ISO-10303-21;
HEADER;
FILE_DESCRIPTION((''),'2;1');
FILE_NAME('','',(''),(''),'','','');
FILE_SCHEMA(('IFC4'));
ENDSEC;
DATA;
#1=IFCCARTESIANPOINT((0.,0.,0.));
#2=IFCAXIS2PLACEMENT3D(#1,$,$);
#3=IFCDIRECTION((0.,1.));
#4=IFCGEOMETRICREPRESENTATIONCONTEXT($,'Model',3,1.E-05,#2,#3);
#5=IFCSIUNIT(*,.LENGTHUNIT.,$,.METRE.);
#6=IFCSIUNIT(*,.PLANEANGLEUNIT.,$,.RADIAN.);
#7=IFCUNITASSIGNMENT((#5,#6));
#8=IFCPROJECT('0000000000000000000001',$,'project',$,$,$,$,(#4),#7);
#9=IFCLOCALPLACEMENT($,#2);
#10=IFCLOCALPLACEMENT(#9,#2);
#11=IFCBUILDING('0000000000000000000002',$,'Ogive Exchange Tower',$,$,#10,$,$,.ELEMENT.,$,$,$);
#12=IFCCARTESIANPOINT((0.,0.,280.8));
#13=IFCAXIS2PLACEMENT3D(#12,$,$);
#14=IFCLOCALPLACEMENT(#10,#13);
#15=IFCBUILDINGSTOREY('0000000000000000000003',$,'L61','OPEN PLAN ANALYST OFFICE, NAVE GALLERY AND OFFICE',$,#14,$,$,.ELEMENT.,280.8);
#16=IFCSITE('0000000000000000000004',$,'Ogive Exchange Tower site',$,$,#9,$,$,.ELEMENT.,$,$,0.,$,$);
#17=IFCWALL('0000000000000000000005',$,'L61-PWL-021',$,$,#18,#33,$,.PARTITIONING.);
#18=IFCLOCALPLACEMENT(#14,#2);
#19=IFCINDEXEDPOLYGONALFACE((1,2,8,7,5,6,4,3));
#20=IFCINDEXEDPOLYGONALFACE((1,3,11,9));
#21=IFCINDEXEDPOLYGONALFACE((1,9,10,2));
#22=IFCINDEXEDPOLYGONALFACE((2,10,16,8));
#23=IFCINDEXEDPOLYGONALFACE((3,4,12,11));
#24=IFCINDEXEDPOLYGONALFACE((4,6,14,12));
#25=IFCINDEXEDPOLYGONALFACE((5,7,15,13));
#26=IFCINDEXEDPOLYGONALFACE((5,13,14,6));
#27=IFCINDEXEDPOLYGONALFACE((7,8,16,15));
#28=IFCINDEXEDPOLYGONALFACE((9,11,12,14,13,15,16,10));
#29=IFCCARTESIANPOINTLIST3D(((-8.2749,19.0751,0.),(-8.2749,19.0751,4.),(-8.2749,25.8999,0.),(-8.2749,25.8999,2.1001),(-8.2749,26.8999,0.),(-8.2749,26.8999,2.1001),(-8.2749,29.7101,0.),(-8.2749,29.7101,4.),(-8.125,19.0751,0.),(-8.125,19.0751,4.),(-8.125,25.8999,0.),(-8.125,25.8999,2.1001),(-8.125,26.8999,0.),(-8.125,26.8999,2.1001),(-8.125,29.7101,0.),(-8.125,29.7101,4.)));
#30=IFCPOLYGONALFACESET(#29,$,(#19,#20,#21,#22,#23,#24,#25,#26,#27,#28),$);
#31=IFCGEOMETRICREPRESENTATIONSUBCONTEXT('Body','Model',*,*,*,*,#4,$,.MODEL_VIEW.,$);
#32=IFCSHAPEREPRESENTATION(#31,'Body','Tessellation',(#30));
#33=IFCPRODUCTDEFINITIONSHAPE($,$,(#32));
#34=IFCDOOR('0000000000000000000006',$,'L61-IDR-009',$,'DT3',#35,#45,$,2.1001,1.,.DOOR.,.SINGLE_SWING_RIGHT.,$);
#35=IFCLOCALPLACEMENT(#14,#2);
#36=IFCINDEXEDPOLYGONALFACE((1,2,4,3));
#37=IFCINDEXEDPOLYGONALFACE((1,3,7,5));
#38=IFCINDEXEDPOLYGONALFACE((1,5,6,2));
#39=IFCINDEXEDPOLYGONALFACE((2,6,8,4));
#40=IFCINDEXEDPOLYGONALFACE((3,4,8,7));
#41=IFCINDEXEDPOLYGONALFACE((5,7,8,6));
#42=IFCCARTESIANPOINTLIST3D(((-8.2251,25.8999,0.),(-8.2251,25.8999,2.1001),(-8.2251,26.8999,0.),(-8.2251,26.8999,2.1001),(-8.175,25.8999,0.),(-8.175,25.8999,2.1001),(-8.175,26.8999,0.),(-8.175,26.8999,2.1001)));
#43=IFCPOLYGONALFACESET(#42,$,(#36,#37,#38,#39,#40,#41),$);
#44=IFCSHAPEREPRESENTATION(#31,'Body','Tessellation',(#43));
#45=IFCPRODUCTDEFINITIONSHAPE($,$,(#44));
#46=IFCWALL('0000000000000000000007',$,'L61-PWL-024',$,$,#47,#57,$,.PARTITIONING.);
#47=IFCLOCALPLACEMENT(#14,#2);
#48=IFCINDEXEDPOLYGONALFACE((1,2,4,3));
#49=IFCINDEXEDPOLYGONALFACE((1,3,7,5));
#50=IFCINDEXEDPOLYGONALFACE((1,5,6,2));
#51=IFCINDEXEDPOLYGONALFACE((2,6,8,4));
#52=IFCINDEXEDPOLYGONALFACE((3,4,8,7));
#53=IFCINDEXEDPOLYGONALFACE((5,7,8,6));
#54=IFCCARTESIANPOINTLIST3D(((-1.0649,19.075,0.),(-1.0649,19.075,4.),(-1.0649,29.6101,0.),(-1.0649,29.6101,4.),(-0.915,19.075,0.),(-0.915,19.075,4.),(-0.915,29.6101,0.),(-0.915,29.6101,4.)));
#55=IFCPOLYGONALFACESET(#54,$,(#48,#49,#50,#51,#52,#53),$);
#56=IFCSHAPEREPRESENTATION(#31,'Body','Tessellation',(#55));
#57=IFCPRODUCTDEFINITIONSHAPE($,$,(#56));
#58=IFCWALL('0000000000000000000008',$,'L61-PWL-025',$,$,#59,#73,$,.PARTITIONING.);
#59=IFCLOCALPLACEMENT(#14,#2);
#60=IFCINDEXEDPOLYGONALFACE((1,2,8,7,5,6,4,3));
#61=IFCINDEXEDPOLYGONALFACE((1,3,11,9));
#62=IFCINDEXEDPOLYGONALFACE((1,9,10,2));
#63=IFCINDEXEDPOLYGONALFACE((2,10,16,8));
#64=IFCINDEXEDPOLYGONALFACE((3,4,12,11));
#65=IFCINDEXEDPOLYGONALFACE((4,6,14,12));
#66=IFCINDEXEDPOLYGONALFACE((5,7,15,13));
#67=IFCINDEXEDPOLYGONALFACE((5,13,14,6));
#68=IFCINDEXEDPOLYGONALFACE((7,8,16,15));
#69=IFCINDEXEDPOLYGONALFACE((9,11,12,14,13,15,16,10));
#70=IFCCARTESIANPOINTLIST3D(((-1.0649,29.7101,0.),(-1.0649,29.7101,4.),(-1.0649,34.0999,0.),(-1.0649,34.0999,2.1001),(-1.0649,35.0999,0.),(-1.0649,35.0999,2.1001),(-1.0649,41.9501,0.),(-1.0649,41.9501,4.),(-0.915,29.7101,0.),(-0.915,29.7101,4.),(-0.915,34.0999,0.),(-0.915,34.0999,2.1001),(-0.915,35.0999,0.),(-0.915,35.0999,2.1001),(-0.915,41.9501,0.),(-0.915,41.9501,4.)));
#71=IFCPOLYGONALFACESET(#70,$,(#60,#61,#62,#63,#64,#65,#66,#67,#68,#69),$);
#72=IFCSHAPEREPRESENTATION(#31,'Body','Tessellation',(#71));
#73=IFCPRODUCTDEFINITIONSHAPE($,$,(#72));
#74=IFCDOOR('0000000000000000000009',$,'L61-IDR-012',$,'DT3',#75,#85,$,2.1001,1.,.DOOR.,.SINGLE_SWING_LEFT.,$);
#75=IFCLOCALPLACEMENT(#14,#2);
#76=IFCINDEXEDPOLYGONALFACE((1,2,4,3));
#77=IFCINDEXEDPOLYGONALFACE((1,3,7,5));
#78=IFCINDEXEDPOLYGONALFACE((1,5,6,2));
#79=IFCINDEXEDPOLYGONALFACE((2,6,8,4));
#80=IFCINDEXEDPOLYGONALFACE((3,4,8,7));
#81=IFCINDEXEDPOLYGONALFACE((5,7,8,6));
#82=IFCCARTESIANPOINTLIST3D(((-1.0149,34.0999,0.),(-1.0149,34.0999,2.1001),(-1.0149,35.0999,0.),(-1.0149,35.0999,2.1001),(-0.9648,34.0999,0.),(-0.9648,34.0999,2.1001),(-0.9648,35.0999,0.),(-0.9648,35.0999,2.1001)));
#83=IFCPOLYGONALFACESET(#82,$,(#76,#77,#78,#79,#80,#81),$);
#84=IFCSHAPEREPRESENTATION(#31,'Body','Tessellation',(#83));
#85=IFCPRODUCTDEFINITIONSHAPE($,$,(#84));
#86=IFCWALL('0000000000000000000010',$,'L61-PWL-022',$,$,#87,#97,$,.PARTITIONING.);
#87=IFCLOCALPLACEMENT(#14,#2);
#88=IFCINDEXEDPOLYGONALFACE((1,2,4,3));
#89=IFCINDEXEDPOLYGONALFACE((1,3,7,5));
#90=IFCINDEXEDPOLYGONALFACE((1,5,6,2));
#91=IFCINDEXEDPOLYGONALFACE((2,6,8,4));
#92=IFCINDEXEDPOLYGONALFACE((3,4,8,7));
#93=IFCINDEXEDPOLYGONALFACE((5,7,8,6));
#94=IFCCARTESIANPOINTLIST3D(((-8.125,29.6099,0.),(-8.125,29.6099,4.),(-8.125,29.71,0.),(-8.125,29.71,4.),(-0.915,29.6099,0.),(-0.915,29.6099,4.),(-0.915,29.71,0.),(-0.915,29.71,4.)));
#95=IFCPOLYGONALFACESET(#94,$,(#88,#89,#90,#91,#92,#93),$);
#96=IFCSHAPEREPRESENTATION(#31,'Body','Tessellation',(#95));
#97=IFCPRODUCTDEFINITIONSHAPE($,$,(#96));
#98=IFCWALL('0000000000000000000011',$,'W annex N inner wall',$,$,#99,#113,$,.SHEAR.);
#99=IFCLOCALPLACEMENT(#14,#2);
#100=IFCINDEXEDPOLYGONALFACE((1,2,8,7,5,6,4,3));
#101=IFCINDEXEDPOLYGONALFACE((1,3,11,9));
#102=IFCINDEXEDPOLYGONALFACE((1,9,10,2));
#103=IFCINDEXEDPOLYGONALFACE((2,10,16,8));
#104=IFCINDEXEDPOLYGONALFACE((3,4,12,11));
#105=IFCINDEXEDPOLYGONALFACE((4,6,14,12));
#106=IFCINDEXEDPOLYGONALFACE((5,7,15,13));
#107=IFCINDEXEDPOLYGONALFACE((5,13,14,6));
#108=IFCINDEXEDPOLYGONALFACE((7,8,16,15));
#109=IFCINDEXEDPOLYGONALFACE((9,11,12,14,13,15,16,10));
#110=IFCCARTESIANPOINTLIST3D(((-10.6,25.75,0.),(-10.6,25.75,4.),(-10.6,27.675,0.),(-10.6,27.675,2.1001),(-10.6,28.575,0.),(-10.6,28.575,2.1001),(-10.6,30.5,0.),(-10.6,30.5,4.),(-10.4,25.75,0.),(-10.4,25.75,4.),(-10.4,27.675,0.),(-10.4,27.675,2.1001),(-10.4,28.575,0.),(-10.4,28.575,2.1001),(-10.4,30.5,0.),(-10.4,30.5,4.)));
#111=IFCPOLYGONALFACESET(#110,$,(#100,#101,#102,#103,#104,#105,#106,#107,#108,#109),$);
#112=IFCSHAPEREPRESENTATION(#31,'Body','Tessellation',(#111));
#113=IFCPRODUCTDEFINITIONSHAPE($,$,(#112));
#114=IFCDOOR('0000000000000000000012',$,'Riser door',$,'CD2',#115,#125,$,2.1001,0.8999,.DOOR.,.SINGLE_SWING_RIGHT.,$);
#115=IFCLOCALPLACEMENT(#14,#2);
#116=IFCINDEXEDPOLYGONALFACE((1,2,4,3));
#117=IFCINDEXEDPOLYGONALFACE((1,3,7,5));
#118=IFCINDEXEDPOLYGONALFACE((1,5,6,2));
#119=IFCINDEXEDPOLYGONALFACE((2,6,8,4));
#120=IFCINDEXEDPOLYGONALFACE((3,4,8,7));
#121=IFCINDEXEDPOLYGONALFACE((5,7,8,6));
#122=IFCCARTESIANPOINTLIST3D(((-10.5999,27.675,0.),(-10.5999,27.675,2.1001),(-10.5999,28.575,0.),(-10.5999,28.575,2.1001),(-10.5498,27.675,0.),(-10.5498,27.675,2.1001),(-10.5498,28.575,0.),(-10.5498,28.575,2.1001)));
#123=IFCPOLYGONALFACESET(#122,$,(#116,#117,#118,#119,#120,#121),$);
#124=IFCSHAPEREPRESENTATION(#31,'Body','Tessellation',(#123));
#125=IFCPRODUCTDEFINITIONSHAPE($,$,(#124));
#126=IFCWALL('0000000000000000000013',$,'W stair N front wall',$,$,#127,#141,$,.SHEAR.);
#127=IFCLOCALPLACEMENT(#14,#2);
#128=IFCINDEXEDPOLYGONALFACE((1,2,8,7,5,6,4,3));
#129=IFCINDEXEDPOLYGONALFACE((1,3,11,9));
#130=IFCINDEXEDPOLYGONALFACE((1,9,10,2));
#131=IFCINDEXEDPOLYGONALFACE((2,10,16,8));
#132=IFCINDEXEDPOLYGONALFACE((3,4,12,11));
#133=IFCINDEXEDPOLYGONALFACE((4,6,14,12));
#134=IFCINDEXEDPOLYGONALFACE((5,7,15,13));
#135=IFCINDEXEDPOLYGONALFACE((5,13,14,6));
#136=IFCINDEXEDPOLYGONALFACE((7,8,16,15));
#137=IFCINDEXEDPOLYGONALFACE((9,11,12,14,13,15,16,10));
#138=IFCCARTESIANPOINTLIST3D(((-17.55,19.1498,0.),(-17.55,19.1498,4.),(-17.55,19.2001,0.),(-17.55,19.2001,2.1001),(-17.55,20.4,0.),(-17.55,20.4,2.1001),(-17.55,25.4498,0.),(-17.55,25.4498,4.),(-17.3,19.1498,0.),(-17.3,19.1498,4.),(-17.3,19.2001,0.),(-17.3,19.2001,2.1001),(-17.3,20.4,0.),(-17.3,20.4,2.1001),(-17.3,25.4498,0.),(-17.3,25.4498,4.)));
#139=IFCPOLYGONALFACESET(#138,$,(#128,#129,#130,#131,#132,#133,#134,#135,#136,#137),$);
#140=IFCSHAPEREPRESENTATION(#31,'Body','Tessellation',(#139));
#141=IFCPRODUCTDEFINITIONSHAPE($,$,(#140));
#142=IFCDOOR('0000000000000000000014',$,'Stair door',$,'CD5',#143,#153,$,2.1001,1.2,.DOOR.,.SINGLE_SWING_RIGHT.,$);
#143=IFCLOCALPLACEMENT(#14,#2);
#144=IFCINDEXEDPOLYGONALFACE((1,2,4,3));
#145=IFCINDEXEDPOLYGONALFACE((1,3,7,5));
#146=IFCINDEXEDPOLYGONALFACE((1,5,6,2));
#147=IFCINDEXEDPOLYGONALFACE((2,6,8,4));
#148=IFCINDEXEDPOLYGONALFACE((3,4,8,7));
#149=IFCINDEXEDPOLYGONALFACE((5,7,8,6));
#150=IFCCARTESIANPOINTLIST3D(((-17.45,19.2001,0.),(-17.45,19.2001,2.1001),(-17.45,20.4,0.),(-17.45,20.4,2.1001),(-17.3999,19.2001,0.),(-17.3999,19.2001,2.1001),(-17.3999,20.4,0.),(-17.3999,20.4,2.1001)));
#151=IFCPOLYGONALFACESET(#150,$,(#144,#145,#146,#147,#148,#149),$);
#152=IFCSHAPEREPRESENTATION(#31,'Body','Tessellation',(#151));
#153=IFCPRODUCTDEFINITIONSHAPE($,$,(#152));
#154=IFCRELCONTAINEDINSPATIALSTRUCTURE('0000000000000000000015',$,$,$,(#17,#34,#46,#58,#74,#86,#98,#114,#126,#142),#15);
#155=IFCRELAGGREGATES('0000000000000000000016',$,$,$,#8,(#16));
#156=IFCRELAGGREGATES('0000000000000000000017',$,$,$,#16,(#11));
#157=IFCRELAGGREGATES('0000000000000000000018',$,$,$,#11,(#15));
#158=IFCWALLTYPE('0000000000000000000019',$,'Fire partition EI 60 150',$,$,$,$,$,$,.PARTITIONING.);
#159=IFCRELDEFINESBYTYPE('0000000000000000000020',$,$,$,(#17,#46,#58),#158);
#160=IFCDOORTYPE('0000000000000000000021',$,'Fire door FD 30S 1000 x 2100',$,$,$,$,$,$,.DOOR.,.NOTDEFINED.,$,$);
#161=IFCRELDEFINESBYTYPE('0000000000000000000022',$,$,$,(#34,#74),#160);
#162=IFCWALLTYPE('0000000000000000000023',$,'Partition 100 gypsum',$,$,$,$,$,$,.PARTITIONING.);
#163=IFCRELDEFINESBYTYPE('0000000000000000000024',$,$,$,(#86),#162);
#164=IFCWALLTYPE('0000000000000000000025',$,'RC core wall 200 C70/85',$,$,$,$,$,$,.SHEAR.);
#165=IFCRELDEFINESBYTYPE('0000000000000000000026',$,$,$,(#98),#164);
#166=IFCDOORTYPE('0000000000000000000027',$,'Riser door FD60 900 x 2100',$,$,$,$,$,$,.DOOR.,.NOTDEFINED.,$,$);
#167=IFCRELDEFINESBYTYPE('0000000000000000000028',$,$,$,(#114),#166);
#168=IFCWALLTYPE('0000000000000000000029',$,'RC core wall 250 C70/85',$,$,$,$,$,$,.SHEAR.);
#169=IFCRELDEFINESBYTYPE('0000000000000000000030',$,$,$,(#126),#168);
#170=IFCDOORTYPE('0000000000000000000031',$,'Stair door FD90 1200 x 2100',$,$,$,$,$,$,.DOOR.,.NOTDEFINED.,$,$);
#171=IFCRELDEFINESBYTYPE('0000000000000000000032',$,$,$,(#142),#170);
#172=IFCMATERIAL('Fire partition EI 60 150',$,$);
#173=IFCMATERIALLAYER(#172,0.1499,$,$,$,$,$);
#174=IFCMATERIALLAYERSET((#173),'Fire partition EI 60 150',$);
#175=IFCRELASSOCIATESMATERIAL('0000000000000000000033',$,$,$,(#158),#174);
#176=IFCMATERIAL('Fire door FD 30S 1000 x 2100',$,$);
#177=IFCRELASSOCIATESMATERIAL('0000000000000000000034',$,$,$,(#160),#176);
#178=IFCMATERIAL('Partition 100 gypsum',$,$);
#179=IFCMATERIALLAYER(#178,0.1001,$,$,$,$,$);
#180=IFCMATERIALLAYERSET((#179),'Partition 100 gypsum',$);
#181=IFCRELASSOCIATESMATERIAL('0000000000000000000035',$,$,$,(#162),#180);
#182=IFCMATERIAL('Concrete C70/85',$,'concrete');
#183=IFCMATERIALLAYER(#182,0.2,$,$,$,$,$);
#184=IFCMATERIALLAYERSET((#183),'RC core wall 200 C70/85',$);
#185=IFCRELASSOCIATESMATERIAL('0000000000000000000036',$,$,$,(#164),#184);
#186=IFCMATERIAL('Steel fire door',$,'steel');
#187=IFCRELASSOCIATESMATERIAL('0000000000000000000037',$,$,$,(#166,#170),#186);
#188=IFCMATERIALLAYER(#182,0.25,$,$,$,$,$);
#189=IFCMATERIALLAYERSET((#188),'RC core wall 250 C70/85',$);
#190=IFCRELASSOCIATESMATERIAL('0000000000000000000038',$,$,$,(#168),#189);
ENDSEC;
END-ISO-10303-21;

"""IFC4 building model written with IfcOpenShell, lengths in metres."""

from ifc_helpers import new_model, si_unit, direction, frame, frame_2d, origin, place, context, subcontext, project, spatial, rectangle, extrude, material, layer, layer_set, type_object, element, fill, save


model = new_model("IFC4")

# Units and contexts
model_context = context("Model", 3, precision=1e-05, world=origin(), true_north=direction((0.0, 1.0)))
body_context = subcontext(model_context, "Body", "Model", "MODEL_VIEW")
ifc_project = project(units=[si_unit("LENGTHUNIT", "METRE"), si_unit("PLANEANGLEUNIT", "RADIAN")], contexts=[model_context])

# Site, building, storey
site_placement = place(None, origin())
site = spatial("IfcSite", under=ifc_project, at=site_placement, Name="Ogive Exchange Tower site", CompositionType="ELEMENT", RefElevation=0.0)
building_placement = place(site_placement, origin())
building = spatial("IfcBuilding", under=site, at=building_placement, Name="Ogive Exchange Tower", CompositionType="ELEMENT")
storey_placement = place(building_placement, frame((0.0, 0.0, 280.8)))
storey = spatial("IfcBuildingStorey", under=building, at=storey_placement, Name="L61", Description="OPEN PLAN ANALYST OFFICE, NAVE GALLERY AND OFFICE", CompositionType="ELEMENT", Elevation=280.8)

# Shared definitions
ifc_material_1 = material(Name="Fire partition EI 60 150")
ifc_layer_1 = layer(ifc_material_1, 0.1499)
ifc_layer_set_1 = layer_set([ifc_layer_1], Name="Fire partition EI 60 150")
wall_type_1 = type_object("IfcWallType", Name="Fire partition EI 60 150", PredefinedType="PARTITIONING", material=ifc_layer_set_1)

# Wall, opening, door
wall_1_placement = place(storey_placement, frame((-8.2, 29.71, 0.0), z_axis=(0.0, 0.0, 1.0), x_axis=(0.0, -1.0, 0.0)))
wall_1 = element("IfcWall", 1, at=wall_1_placement, inside=storey, type_object=wall_type_1, Name="L61-PWL-021", PredefinedType="PARTITIONING", context=body_context, shape_type="SweptSolid", body=[
    extrude(rectangle(XDim=10.635, YDim=0.1499, at=frame_2d((5.3174, 0.0))), origin(), (0.0, 0.0, 1.0), 4.0),
])
opening_1_placement = place(wall_1_placement, frame((2.8101, 0.0, 0.0)))
opening_1 = element("IfcOpeningElement", 2, at=opening_1_placement, cuts=wall_1, PredefinedType="OPENING", context=body_context, shape_type="SweptSolid", body=[
    extrude(rectangle(XDim=1.0, YDim=2.1001, at=frame_2d((0.5, 1.05))), frame((0.0, 0.085, 0.0), z_axis=(0.0, -1.0, 0.0), x_axis=(1.0, 0.0, 0.0)), (0.0, 0.0, 1.0), 0.1699),
])
ifc_material_2 = material(Name="Fire door FD 30S 1000 x 2100")
door_type_1 = type_object("IfcDoorType", Name="Fire door FD 30S 1000 x 2100", OperationType="NOTDEFINED", PredefinedType="DOOR", material=ifc_material_2)
door_1_placement = place(opening_1_placement, origin())
door_1 = element("IfcDoor", 3, at=door_1_placement, inside=storey, type_object=door_type_1, Name="L61-IDR-009", ObjectType="DT3", OperationType="SINGLE_SWING_RIGHT", OverallHeight=2.1001, OverallWidth=1.0, PredefinedType="DOOR", context=body_context, shape_type="SweptSolid", body=[
    extrude(rectangle(XDim=1.0, YDim=2.1001, at=frame_2d((0.5, 1.05))), frame((0.0, 0.0249, 0.0), z_axis=(0.0, -1.0, 0.0), x_axis=(1.0, 0.0, 0.0)), (0.0, 0.0, 1.0), 0.05),
])
fill(opening_1, door_1)

# Wall
wall_2_placement = place(storey_placement, frame((-0.99, 19.075, 0.0), z_axis=(0.0, 0.0, 1.0), x_axis=(0.0, 1.0, 0.0)))
element("IfcWall", 4, at=wall_2_placement, inside=storey, type_object=wall_type_1, Name="L61-PWL-024", PredefinedType="PARTITIONING", context=body_context, shape_type="SweptSolid", body=[
    extrude(rectangle(XDim=10.5352, YDim=0.1499, at=frame_2d((5.2676, 0.0))), origin(), (0.0, 0.0, 1.0), 4.0),
])

# Wall, opening, door
wall_3_placement = place(storey_placement, frame((-0.99, 29.71, 0.0), z_axis=(0.0, 0.0, 1.0), x_axis=(0.0, 1.0, 0.0)))
wall_3 = element("IfcWall", 5, at=wall_3_placement, inside=storey, type_object=wall_type_1, Name="L61-PWL-025", PredefinedType="PARTITIONING", context=body_context, shape_type="SweptSolid", body=[
    extrude(rectangle(XDim=12.24, YDim=0.1499, at=frame_2d((6.1201, 0.0))), origin(), (0.0, 0.0, 1.0), 4.0),
])
opening_2_placement = place(wall_3_placement, frame((4.3899, 0.0, 0.0)))
opening_2 = element("IfcOpeningElement", 6, at=opening_2_placement, cuts=wall_3, PredefinedType="OPENING", context=body_context, shape_type="SweptSolid", body=[
    extrude(rectangle(XDim=1.0, YDim=2.1001, at=frame_2d((0.5, 1.05))), frame((0.0, 0.085, 0.0), z_axis=(0.0, -1.0, 0.0), x_axis=(1.0, 0.0, 0.0)), (0.0, 0.0, 1.0), 0.1699),
])
door_2_placement = place(opening_2_placement, origin())
door_2 = element("IfcDoor", 7, at=door_2_placement, inside=storey, type_object=door_type_1, Name="L61-IDR-012", ObjectType="DT3", OperationType="SINGLE_SWING_LEFT", OverallHeight=2.1001, OverallWidth=1.0, PredefinedType="DOOR", context=body_context, shape_type="SweptSolid", body=[
    extrude(rectangle(XDim=1.0, YDim=2.1001, at=frame_2d((0.5, 1.05))), frame((0.0, 0.0249, 0.0), z_axis=(0.0, -1.0, 0.0), x_axis=(1.0, 0.0, 0.0)), (0.0, 0.0, 1.0), 0.05),
])
fill(opening_2, door_2)

# Wall
ifc_material_3 = material(Name="Partition 100 gypsum")
ifc_layer_2 = layer(ifc_material_3, 0.1001)
ifc_layer_set_2 = layer_set([ifc_layer_2], Name="Partition 100 gypsum")
wall_type_2 = type_object("IfcWallType", Name="Partition 100 gypsum", PredefinedType="PARTITIONING", material=ifc_layer_set_2)
wall_4_placement = place(storey_placement, frame((-8.125, 29.6599, 0.0), z_axis=(0.0, 0.0, 1.0), x_axis=(1.0, 0.0, 0.0)))
element("IfcWall", 8, at=wall_4_placement, inside=storey, type_object=wall_type_2, Name="L61-PWL-022", PredefinedType="PARTITIONING", context=body_context, shape_type="SweptSolid", body=[
    extrude(rectangle(XDim=7.21, YDim=0.1001, at=frame_2d((3.605, 0.0))), origin(), (0.0, 0.0, 1.0), 4.0),
])

# Walls, openings, doors
ifc_material_4 = material(Name="Concrete C70/85", Category="concrete")
ifc_layer_3 = layer(ifc_material_4, 0.2)
ifc_layer_set_3 = layer_set([ifc_layer_3], Name="RC core wall 200 C70/85")
wall_type_3 = type_object("IfcWallType", Name="RC core wall 200 C70/85", PredefinedType="SHEAR", material=ifc_layer_set_3)
wall_5_placement = place(storey_placement, frame((-10.5, 25.75, 0.0), z_axis=(0.0, 0.0, 1.0), x_axis=(0.0, 1.0, 0.0)))
wall_5 = element("IfcWall", 9, at=wall_5_placement, inside=storey, type_object=wall_type_3, Name="W annex N inner wall", PredefinedType="SHEAR", context=body_context, shape_type="SweptSolid", body=[
    extrude(rectangle(XDim=4.75, YDim=0.2, at=frame_2d((2.375, 0.0))), origin(), (0.0, 0.0, 1.0), 4.0),
])
opening_3_placement = place(wall_5_placement, frame((1.925, 0.0, 0.0)))
opening_3 = element("IfcOpeningElement", 10, at=opening_3_placement, cuts=wall_5, PredefinedType="OPENING", context=body_context, shape_type="SweptSolid", body=[
    extrude(rectangle(XDim=0.8999, YDim=2.1001, at=frame_2d((0.45, 1.05))), frame((0.0, 0.1099, 0.0), z_axis=(0.0, -1.0, 0.0), x_axis=(1.0, 0.0, 0.0)), (0.0, 0.0, 1.0), 0.22),
])
ifc_material_5 = material(Name="Steel fire door", Category="steel")
door_type_2 = type_object("IfcDoorType", Name="Riser door FD60 900 x 2100", OperationType="NOTDEFINED", PredefinedType="DOOR", material=ifc_material_5)
door_3_placement = place(opening_3_placement, frame((0.8999, 0.1499, 0.0), z_axis=(0.0, 0.0, 1.0), x_axis=(-1.0, 0.0, 0.0)))
door_3 = element("IfcDoor", 11, at=door_3_placement, inside=storey, type_object=door_type_2, Name="Riser door", ObjectType="CD2", OperationType="SINGLE_SWING_RIGHT", OverallHeight=2.1001, OverallWidth=0.8999, PredefinedType="DOOR", context=body_context, shape_type="SweptSolid", body=[
    extrude(rectangle(XDim=0.8999, YDim=2.1001, at=frame_2d((0.45, 1.05))), frame((0.0, 0.1001, 0.0), z_axis=(0.0, -1.0, 0.0), x_axis=(1.0, 0.0, 0.0)), (0.0, 0.0, 1.0), 0.05),
])
fill(opening_3, door_3)
ifc_layer_4 = layer(ifc_material_4, 0.25)
ifc_layer_set_4 = layer_set([ifc_layer_4], Name="RC core wall 250 C70/85")
wall_type_4 = type_object("IfcWallType", Name="RC core wall 250 C70/85", PredefinedType="SHEAR", material=ifc_layer_set_4)
wall_6_placement = place(storey_placement, frame((-17.425, 19.1499, 0.0), z_axis=(0.0, 0.0, 1.0), x_axis=(0.0, 1.0, 0.0)))
wall_6 = element("IfcWall", 12, at=wall_6_placement, inside=storey, type_object=wall_type_4, Name="W stair N front wall", PredefinedType="SHEAR", context=body_context, shape_type="SweptSolid", body=[
    extrude(rectangle(XDim=6.3, YDim=0.25, at=frame_2d((3.1499, 0.0))), origin(), (0.0, 0.0, 1.0), 4.0),
])
opening_4_placement = place(wall_6_placement, frame((0.05, 0.0, 0.0)))
opening_4 = element("IfcOpeningElement", 13, at=opening_4_placement, cuts=wall_6, PredefinedType="OPENING", context=body_context, shape_type="SweptSolid", body=[
    extrude(rectangle(XDim=1.2, YDim=2.1001, at=frame_2d((0.6001, 1.05))), frame((0.0, 0.135, 0.0), z_axis=(0.0, -1.0, 0.0), x_axis=(1.0, 0.0, 0.0)), (0.0, 0.0, 1.0), 0.27),
])
door_type_3 = type_object("IfcDoorType", Name="Stair door FD90 1200 x 2100", OperationType="NOTDEFINED", PredefinedType="DOOR", material=ifc_material_5)
door_4_placement = place(opening_4_placement, origin())
door_4 = element("IfcDoor", 14, at=door_4_placement, inside=storey, type_object=door_type_3, Name="Stair door", ObjectType="CD5", OperationType="SINGLE_SWING_RIGHT", OverallHeight=2.1001, OverallWidth=1.2, PredefinedType="DOOR", context=body_context, shape_type="SweptSolid", body=[
    extrude(rectangle(XDim=1.2, YDim=2.1001, at=frame_2d((0.6001, 1.05))), frame((0.0, 0.0249, 0.0), z_axis=(0.0, -1.0, 0.0), x_axis=(1.0, 0.0, 0.0)), (0.0, 0.0, 1.0), 0.05),
])
fill(opening_4, door_4)

save(model, "model.ifc")
